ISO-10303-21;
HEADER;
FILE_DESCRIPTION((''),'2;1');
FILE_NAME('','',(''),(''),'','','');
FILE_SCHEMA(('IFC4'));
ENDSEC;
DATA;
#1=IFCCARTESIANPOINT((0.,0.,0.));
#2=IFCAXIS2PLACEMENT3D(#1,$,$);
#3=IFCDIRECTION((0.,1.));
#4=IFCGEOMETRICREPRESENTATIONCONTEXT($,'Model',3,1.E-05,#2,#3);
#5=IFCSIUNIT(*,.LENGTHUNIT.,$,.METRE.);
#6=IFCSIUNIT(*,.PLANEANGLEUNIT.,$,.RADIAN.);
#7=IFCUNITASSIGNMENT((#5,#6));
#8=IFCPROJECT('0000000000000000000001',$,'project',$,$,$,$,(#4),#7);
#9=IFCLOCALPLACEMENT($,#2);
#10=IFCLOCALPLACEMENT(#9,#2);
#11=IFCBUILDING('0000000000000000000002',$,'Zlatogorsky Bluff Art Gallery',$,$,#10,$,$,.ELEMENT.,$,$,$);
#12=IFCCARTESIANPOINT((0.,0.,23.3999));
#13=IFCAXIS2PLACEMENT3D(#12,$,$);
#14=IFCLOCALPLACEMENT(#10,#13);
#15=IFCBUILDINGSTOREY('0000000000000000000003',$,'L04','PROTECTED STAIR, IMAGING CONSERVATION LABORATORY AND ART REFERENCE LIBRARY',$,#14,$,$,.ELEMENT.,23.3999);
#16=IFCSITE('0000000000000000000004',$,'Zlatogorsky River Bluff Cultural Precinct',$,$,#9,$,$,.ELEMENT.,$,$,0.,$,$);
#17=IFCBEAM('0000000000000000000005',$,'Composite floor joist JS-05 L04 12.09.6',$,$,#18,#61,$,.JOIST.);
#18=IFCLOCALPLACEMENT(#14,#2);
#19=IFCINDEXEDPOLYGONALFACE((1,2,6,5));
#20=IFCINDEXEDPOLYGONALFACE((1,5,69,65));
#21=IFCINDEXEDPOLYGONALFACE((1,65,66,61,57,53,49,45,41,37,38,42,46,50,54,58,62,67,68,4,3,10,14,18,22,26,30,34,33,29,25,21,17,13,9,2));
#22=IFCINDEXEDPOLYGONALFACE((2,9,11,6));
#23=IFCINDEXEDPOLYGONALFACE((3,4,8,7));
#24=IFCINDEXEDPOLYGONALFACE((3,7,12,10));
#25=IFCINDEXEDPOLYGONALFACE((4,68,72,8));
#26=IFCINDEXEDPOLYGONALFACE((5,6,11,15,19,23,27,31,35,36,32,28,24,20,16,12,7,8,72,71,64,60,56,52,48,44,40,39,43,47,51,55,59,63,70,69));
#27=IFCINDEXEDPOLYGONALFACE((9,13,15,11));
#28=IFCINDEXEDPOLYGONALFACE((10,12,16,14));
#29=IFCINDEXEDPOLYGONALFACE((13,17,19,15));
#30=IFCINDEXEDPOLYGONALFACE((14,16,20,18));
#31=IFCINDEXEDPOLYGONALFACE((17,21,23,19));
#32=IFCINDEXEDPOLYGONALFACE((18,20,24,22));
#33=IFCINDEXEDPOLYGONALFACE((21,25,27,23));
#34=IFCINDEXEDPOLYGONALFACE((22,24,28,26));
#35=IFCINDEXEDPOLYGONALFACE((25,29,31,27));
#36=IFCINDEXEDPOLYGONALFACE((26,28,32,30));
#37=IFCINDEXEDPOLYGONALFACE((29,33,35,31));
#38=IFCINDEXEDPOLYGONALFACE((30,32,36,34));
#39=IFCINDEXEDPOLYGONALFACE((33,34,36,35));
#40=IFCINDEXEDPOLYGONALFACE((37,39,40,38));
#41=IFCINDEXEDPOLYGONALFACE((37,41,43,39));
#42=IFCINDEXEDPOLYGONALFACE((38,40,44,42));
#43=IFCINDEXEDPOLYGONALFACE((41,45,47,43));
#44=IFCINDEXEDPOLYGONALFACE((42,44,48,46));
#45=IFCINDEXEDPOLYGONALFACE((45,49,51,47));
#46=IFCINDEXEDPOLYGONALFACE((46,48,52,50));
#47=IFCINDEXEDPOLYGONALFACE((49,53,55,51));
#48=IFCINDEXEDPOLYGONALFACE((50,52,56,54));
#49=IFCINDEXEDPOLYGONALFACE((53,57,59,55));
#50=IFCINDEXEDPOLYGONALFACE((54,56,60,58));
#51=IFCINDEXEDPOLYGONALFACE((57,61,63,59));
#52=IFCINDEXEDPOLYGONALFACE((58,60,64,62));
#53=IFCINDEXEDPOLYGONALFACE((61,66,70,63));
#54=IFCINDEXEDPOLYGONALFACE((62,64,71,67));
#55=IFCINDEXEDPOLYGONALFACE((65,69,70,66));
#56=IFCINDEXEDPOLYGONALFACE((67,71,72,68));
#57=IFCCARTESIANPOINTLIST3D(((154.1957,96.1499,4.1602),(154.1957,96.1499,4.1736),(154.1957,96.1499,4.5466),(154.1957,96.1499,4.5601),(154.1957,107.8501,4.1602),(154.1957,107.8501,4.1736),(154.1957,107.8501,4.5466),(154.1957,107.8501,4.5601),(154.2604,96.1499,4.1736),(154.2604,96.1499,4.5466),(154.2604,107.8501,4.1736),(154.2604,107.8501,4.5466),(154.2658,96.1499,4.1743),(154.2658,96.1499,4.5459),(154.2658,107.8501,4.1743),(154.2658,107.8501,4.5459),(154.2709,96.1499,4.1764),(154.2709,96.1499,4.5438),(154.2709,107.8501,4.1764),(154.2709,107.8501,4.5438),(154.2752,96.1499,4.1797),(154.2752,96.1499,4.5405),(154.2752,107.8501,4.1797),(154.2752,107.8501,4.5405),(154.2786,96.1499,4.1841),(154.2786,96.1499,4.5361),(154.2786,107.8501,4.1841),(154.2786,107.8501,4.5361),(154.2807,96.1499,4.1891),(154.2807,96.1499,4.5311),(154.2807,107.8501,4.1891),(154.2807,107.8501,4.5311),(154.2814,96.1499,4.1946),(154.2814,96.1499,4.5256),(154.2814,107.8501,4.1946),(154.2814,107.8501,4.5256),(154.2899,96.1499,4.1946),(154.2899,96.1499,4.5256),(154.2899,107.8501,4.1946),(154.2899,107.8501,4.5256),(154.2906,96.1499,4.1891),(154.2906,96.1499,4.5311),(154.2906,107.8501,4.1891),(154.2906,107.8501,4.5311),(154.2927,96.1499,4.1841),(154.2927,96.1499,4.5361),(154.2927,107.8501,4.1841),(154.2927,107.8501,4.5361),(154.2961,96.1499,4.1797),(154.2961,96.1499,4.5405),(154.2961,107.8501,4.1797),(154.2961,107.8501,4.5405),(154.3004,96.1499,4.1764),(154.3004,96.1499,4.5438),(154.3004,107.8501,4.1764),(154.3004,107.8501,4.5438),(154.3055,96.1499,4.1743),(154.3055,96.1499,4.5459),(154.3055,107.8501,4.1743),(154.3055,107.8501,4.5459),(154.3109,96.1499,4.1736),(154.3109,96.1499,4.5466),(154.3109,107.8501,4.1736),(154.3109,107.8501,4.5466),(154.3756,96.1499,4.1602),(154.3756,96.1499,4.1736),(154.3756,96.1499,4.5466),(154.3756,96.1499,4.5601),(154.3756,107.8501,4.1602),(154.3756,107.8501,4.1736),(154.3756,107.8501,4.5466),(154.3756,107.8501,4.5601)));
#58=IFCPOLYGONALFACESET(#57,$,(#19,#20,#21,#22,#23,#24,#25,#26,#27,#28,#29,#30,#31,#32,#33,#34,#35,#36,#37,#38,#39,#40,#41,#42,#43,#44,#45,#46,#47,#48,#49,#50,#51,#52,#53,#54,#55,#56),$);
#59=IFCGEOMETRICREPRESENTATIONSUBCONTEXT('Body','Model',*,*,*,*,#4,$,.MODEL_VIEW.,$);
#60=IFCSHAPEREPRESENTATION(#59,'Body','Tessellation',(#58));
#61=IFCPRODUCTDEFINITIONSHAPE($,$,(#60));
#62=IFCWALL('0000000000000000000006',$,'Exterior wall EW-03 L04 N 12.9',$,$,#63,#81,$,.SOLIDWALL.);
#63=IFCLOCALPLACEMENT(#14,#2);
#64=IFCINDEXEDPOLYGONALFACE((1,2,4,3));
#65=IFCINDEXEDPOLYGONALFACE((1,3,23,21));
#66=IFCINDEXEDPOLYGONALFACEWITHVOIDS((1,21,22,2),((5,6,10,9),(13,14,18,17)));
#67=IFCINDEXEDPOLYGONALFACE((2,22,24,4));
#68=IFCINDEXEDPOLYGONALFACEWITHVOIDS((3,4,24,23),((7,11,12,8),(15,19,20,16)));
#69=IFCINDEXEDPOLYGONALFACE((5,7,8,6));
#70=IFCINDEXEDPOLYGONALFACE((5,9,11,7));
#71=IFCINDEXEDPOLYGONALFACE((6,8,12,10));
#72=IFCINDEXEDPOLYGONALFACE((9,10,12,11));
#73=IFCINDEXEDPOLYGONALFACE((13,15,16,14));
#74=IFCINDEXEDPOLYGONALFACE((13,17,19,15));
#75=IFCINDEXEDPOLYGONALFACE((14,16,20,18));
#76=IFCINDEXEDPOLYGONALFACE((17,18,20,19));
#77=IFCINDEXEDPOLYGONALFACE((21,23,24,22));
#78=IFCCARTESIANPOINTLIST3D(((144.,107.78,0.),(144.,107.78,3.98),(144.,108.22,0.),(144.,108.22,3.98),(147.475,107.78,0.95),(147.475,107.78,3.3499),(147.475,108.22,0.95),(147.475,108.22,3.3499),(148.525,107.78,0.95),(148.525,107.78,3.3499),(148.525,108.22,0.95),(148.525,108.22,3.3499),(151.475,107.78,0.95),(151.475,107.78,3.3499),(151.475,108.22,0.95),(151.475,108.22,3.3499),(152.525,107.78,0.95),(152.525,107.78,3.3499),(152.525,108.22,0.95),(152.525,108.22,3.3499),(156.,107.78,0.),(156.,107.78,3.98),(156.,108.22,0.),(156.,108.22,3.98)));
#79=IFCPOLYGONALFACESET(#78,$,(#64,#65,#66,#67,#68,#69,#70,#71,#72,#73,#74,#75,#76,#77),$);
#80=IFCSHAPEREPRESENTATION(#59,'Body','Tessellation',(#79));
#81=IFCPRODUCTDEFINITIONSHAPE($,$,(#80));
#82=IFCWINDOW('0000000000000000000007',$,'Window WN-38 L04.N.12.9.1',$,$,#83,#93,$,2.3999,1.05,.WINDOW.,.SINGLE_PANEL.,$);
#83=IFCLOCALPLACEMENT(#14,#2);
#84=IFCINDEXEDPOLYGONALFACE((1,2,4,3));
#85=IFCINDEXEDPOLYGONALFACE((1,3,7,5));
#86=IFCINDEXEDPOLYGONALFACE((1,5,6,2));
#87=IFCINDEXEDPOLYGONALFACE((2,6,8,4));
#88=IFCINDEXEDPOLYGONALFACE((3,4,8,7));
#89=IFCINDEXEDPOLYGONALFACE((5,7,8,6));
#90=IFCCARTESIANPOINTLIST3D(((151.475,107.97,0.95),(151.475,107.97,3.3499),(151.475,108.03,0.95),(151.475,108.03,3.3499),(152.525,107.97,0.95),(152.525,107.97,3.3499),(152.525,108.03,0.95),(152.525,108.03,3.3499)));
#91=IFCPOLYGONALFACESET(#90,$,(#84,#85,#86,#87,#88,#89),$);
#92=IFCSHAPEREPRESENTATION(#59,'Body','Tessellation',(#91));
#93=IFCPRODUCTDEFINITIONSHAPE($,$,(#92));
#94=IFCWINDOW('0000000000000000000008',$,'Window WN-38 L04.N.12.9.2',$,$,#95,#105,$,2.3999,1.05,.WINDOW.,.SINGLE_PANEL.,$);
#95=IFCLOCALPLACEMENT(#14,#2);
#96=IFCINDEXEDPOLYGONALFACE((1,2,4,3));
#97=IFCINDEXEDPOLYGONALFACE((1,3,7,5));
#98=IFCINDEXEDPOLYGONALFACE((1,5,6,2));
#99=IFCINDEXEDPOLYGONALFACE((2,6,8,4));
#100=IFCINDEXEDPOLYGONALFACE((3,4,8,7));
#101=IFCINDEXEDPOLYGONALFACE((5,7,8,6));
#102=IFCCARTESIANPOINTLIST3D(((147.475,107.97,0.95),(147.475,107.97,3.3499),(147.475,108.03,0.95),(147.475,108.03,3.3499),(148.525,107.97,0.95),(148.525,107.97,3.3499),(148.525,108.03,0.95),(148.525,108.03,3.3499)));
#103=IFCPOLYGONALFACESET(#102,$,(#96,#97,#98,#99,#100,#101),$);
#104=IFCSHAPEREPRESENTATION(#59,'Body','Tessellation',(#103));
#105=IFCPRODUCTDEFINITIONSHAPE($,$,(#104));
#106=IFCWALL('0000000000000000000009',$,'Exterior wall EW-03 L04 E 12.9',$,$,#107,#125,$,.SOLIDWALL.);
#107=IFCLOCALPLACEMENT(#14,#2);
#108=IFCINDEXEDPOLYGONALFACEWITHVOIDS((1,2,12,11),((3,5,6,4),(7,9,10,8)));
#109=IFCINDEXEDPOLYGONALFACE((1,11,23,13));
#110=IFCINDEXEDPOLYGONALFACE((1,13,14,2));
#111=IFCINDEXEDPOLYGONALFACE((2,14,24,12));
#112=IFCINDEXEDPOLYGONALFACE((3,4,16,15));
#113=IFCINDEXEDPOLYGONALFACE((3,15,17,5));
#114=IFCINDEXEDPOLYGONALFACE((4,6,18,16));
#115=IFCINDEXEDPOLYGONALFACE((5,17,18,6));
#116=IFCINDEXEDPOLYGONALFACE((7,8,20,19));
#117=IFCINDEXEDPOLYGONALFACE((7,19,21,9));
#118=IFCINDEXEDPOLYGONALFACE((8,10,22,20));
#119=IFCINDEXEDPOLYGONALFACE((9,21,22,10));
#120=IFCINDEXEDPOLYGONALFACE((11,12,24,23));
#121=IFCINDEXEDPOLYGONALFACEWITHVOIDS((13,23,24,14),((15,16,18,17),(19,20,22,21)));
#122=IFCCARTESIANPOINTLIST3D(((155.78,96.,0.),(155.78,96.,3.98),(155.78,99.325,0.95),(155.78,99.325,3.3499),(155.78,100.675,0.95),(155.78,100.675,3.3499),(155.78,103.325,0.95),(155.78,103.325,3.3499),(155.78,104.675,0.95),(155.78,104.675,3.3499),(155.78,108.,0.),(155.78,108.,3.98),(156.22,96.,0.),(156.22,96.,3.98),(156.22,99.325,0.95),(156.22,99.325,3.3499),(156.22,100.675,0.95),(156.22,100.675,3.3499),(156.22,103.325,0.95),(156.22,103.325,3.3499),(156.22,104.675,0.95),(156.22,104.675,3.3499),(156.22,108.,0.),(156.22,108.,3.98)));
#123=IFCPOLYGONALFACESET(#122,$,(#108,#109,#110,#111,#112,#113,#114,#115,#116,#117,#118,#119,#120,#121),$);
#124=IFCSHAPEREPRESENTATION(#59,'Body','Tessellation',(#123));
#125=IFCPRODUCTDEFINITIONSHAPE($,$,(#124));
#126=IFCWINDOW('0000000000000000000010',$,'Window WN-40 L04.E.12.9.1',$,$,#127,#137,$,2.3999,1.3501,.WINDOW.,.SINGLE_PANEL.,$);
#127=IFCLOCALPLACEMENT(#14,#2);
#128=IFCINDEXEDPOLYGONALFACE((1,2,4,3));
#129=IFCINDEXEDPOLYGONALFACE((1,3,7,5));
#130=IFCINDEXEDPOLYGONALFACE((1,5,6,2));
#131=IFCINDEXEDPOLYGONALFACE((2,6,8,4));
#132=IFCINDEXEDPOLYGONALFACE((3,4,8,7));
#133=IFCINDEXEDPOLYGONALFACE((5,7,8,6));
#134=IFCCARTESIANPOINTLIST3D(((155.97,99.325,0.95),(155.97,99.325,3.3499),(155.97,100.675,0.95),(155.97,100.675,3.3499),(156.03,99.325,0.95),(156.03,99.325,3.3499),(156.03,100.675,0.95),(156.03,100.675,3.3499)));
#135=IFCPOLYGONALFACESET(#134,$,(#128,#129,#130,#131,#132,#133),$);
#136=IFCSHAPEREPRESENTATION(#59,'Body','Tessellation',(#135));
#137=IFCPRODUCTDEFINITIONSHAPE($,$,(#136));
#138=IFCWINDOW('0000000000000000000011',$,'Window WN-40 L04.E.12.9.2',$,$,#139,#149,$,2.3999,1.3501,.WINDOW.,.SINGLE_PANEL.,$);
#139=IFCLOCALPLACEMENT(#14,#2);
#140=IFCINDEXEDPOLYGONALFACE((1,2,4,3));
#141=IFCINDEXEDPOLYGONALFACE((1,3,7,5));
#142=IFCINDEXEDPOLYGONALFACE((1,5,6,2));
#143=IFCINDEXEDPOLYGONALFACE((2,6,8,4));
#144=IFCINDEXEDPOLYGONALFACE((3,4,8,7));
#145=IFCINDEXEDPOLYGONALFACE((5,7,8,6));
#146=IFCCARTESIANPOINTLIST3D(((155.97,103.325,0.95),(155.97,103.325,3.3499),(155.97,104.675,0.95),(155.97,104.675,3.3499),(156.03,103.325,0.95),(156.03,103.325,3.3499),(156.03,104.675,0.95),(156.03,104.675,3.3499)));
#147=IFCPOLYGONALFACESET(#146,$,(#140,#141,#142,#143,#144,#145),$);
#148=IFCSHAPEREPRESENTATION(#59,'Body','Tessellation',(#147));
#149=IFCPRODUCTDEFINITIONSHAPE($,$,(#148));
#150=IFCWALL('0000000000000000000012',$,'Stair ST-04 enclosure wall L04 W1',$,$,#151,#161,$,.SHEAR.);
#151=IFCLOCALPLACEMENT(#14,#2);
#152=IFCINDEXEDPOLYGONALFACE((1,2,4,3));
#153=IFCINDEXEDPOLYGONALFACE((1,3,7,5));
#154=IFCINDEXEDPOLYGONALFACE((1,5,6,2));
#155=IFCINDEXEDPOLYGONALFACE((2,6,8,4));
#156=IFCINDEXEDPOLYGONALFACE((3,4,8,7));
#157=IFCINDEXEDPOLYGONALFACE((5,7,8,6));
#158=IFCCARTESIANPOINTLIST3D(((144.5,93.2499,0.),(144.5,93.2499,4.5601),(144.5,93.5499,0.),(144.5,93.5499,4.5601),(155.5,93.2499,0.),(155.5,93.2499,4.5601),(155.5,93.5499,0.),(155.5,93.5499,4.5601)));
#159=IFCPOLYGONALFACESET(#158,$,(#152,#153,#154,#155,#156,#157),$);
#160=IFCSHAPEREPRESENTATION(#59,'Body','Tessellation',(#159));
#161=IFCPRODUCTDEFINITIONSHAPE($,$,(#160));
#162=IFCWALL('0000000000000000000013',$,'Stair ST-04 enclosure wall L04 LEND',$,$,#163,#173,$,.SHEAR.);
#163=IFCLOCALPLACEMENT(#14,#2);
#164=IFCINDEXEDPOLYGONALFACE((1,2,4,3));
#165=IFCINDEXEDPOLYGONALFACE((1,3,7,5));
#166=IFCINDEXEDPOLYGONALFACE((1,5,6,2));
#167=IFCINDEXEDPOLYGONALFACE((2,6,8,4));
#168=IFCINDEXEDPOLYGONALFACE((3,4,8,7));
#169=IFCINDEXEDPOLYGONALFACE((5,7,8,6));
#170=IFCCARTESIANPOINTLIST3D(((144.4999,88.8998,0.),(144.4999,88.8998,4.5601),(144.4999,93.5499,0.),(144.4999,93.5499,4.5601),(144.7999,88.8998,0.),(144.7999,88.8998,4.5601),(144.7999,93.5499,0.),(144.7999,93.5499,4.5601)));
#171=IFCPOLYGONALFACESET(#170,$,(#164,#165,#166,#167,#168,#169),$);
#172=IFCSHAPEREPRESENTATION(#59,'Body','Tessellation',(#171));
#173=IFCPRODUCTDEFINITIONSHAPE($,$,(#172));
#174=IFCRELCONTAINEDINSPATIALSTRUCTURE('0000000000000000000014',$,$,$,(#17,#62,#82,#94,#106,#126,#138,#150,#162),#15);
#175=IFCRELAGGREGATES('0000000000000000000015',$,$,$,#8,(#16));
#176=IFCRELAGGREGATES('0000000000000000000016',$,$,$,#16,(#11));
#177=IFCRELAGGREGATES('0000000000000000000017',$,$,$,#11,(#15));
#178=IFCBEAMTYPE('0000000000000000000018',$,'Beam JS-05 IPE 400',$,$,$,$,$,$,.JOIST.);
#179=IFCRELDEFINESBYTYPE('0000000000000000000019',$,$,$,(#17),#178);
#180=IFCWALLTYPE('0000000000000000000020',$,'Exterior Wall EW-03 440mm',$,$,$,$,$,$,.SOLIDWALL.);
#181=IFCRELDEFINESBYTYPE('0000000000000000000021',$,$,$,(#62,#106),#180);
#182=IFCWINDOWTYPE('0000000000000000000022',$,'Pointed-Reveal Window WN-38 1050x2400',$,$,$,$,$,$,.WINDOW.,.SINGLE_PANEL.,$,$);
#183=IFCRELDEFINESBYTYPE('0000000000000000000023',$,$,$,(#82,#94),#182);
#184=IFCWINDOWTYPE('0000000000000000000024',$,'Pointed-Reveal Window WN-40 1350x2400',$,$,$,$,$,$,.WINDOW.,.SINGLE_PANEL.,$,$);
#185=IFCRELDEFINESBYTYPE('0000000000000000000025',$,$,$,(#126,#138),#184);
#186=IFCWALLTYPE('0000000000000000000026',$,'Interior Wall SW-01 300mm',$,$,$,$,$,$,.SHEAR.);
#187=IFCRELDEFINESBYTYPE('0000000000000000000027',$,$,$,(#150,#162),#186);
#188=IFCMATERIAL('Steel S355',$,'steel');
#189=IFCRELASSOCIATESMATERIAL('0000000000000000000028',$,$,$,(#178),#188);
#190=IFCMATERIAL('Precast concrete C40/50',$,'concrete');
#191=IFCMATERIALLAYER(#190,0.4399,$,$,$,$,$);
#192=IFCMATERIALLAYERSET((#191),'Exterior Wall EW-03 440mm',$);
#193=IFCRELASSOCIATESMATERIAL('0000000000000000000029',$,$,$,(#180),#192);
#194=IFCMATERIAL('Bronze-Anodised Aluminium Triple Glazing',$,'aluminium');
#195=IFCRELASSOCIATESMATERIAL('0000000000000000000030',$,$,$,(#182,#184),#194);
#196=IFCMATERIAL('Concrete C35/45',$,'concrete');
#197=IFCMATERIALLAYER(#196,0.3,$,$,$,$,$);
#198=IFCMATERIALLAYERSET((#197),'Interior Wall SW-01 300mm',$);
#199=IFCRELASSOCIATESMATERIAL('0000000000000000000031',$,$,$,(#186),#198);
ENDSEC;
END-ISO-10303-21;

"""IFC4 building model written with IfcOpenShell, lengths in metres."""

from ifc_helpers import new_model, si_unit, direction, frame, frame_2d, origin, origin_2d, place, context, subcontext, project, spatial, rectangle, i_section, extrude, material, layer, layer_set, material_profile, profile_set, type_object, element, fill, save


model = new_model("IFC4")

# Units and contexts
model_context = context("Model", 3, precision=1e-05, world=origin(), true_north=direction((0.0, 1.0)))
body_context = subcontext(model_context, "Body", "Model", "MODEL_VIEW")
ifc_project = project(units=[si_unit("LENGTHUNIT", "METRE"), si_unit("PLANEANGLEUNIT", "RADIAN")], contexts=[model_context])

# Site, building, storey
site_placement = place(None, origin())
site = spatial("IfcSite", under=ifc_project, at=site_placement, Name="Zlatogorsky River Bluff Cultural Precinct", CompositionType="ELEMENT", RefElevation=0.0)
building_placement = place(site_placement, origin())
building = spatial("IfcBuilding", under=site, at=building_placement, Name="Zlatogorsky Bluff Art Gallery", CompositionType="ELEMENT")
storey_placement = place(building_placement, frame((0.0, 0.0, 23.3999)))
storey = spatial("IfcBuildingStorey", under=building, at=storey_placement, Name="L04", Description="PROTECTED STAIR, IMAGING CONSERVATION LABORATORY AND ART REFERENCE LIBRARY", CompositionType="ELEMENT", Elevation=23.3999)

# Shared definitions
ifc_material_1 = material(Name="Steel S355", Category="steel")

# Beam
ifc_material_profile_1 = material_profile(ifc_material_1, i_section(OverallWidth=0.1799, OverallDepth=0.3999, WebThickness=0.0085, FlangeThickness=0.0134, FilletRadius=0.021, at=origin_2d()), Name="IPE 400")
ifc_profile_set_1 = profile_set([ifc_material_profile_1], Name="Steel S355")
beam_type_1 = type_object("IfcBeamType", Name="Beam JS-05 IPE 400", PredefinedType="JOIST", material=ifc_profile_set_1)
for number, where, z_axis, x_axis, name in (
    (1, (154.2856, 96.1499, 4.3601), (0.0, 1.0, 0.0), (-1.0, 0.0, 0.0), "Composite floor joist JS-05 L04 12.09.6"),
):
    element("IfcBeam", number, at=place(storey_placement, frame(where, z_axis=z_axis, x_axis=x_axis)), inside=storey, type_object=beam_type_1, Name=name, PredefinedType="JOIST", context=body_context, shape_type="SweptSolid", body=[
        extrude(i_section(OverallWidth=0.1799, OverallDepth=0.3999, WebThickness=0.0085, FlangeThickness=0.0134, FilletRadius=0.021, at=origin_2d()), origin(), (0.0, 0.0, 1.0), 11.7002),
    ])

# Walls, openings, windows
ifc_material_2 = material(Name="Precast concrete C40/50", Category="concrete")
ifc_layer_1 = layer(ifc_material_2, 0.4399)
ifc_layer_set_1 = layer_set([ifc_layer_1], Name="Exterior Wall EW-03 440mm")
wall_type_1 = type_object("IfcWallType", Name="Exterior Wall EW-03 440mm", PredefinedType="SOLIDWALL", material=ifc_layer_set_1)
wall_1_placement = place(storey_placement, frame((156.0, 108.0, 0.0), z_axis=(0.0, 0.0, 1.0), x_axis=(-1.0, 0.0, 0.0)))
wall_1 = element("IfcWall", 2, at=wall_1_placement, inside=storey, type_object=wall_type_1, Name="Exterior wall EW-03 L04 N 12.9", PredefinedType="SOLIDWALL", context=body_context, shape_type="SweptSolid", body=[
    extrude(rectangle(XDim=12.0, YDim=0.4399, at=frame_2d((6.0, 0.0))), origin(), (0.0, 0.0, 1.0), 3.98),
])
opening_1_placement = place(wall_1_placement, frame((3.4751, 0.0, 0.95)))
opening_1 = element("IfcOpeningElement", 3, at=opening_1_placement, cuts=wall_1, PredefinedType="OPENING", context=body_context, shape_type="SweptSolid", body=[
    extrude(rectangle(XDim=1.05, YDim=2.3999, at=frame_2d((0.5249, 1.2))), frame((0.0, 0.23, 0.0), z_axis=(0.0, -1.0, 0.0), x_axis=(1.0, 0.0, 0.0)), (0.0, 0.0, 1.0), 0.46),
])
opening_2_placement = place(wall_1_placement, frame((7.4751, 0.0, 0.95)))
opening_2 = element("IfcOpeningElement", 4, at=opening_2_placement, cuts=wall_1, PredefinedType="OPENING", context=body_context, shape_type="SweptSolid", body=[
    extrude(rectangle(XDim=1.05, YDim=2.3999, at=frame_2d((0.5249, 1.2))), frame((0.0, 0.23, 0.0), z_axis=(0.0, -1.0, 0.0), x_axis=(1.0, 0.0, 0.0)), (0.0, 0.0, 1.0), 0.46),
])
ifc_material_3 = material(Name="Bronze-Anodised Aluminium Triple Glazing", Category="aluminium")
window_type_1 = type_object("IfcWindowType", Name="Pointed-Reveal Window WN-38 1050x2400", PartitioningType="SINGLE_PANEL", PredefinedType="WINDOW", material=ifc_material_3)
window_1_placement = place(opening_1_placement, origin())
window_1 = element("IfcWindow", 5, at=window_1_placement, inside=storey, type_object=window_type_1, Name="Window WN-38 L04.N.12.9.1", OverallHeight=2.3999, OverallWidth=1.05, PartitioningType="SINGLE_PANEL", PredefinedType="WINDOW", context=body_context, shape_type="SweptSolid", body=[
    extrude(rectangle(XDim=1.05, YDim=2.3999, at=frame_2d((0.5249, 1.2))), frame((0.0, 0.03, 0.0), z_axis=(0.0, -1.0, 0.0), x_axis=(1.0, 0.0, 0.0)), (0.0, 0.0, 1.0), 0.0601),
])
fill(opening_1, window_1)
window_2_placement = place(opening_2_placement, origin())
window_2 = element("IfcWindow", 6, at=window_2_placement, inside=storey, type_object=window_type_1, Name="Window WN-38 L04.N.12.9.2", OverallHeight=2.3999, OverallWidth=1.05, PartitioningType="SINGLE_PANEL", PredefinedType="WINDOW", context=body_context, shape_type="SweptSolid", body=[
    extrude(rectangle(XDim=1.05, YDim=2.3999, at=frame_2d((0.5249, 1.2))), frame((0.0, 0.03, 0.0), z_axis=(0.0, -1.0, 0.0), x_axis=(1.0, 0.0, 0.0)), (0.0, 0.0, 1.0), 0.0601),
])
fill(opening_2, window_2)
wall_2_placement = place(storey_placement, frame((156.0, 96.0, 0.0), z_axis=(0.0, 0.0, 1.0), x_axis=(0.0, 1.0, 0.0)))
wall_2 = element("IfcWall", 7, at=wall_2_placement, inside=storey, type_object=wall_type_1, Name="Exterior wall EW-03 L04 E 12.9", PredefinedType="SOLIDWALL", context=body_context, shape_type="SweptSolid", body=[
    extrude(rectangle(XDim=12.0, YDim=0.4399, at=frame_2d((6.0, 0.0))), origin(), (0.0, 0.0, 1.0), 3.98),
])
opening_3_placement = place(wall_2_placement, frame((3.325, 0.0, 0.95)))
opening_3 = element("IfcOpeningElement", 8, at=opening_3_placement, cuts=wall_2, PredefinedType="OPENING", context=body_context, shape_type="SweptSolid", body=[
    extrude(rectangle(XDim=1.3501, YDim=2.3999, at=frame_2d((0.675, 1.2))), frame((0.0, 0.23, 0.0), z_axis=(0.0, -1.0, 0.0), x_axis=(1.0, 0.0, 0.0)), (0.0, 0.0, 1.0), 0.46),
])
opening_4_placement = place(wall_2_placement, frame((7.325, 0.0, 0.95)))
opening_4 = element("IfcOpeningElement", 9, at=opening_4_placement, cuts=wall_2, PredefinedType="OPENING", context=body_context, shape_type="SweptSolid", body=[
    extrude(rectangle(XDim=1.3501, YDim=2.3999, at=frame_2d((0.675, 1.2))), frame((0.0, 0.23, 0.0), z_axis=(0.0, -1.0, 0.0), x_axis=(1.0, 0.0, 0.0)), (0.0, 0.0, 1.0), 0.46),
])
window_type_2 = type_object("IfcWindowType", Name="Pointed-Reveal Window WN-40 1350x2400", PartitioningType="SINGLE_PANEL", PredefinedType="WINDOW", material=ifc_material_3)
window_3_placement = place(opening_3_placement, origin())
window_3 = element("IfcWindow", 10, at=window_3_placement, inside=storey, type_object=window_type_2, Name="Window WN-40 L04.E.12.9.1", OverallHeight=2.3999, OverallWidth=1.3501, PartitioningType="SINGLE_PANEL", PredefinedType="WINDOW", context=body_context, shape_type="SweptSolid", body=[
    extrude(rectangle(XDim=1.3501, YDim=2.3999, at=frame_2d((0.675, 1.2))), frame((0.0, 0.03, 0.0), z_axis=(0.0, -1.0, 0.0), x_axis=(1.0, 0.0, 0.0)), (0.0, 0.0, 1.0), 0.0601),
])
fill(opening_3, window_3)
window_4_placement = place(opening_4_placement, origin())
window_4 = element("IfcWindow", 11, at=window_4_placement, inside=storey, type_object=window_type_2, Name="Window WN-40 L04.E.12.9.2", OverallHeight=2.3999, OverallWidth=1.3501, PartitioningType="SINGLE_PANEL", PredefinedType="WINDOW", context=body_context, shape_type="SweptSolid", body=[
    extrude(rectangle(XDim=1.3501, YDim=2.3999, at=frame_2d((0.675, 1.2))), frame((0.0, 0.03, 0.0), z_axis=(0.0, -1.0, 0.0), x_axis=(1.0, 0.0, 0.0)), (0.0, 0.0, 1.0), 0.0601),
])
fill(opening_4, window_4)

# Walls
ifc_material_4 = material(Name="Concrete C35/45", Category="concrete")
ifc_layer_2 = layer(ifc_material_4, 0.3)
ifc_layer_set_2 = layer_set([ifc_layer_2], Name="Interior Wall SW-01 300mm")
wall_type_2 = type_object("IfcWallType", Name="Interior Wall SW-01 300mm", PredefinedType="SHEAR", material=ifc_layer_set_2)
wall_3_placement = place(storey_placement, frame((155.5, 93.3999, 0.0), z_axis=(0.0, 0.0, 1.0), x_axis=(-1.0, 0.0, 0.0)))
element("IfcWall", 12, at=wall_3_placement, inside=storey, type_object=wall_type_2, Name="Stair ST-04 enclosure wall L04 W1", PredefinedType="SHEAR", context=body_context, shape_type="SweptSolid", body=[
    extrude(rectangle(XDim=11.0, YDim=0.3, at=frame_2d((5.5, 0.0))), origin(), (0.0, 0.0, 1.0), 4.5601),
])
wall_4_placement = place(storey_placement, frame((144.6499, 93.55, 0.0), z_axis=(0.0, 0.0, 1.0), x_axis=(0.0, -1.0, 0.0)))
element("IfcWall", 13, at=wall_4_placement, inside=storey, type_object=wall_type_2, Name="Stair ST-04 enclosure wall L04 LEND", PredefinedType="SHEAR", context=body_context, shape_type="SweptSolid", body=[
    extrude(rectangle(XDim=4.6501, YDim=0.3, at=frame_2d((2.3252, 0.0))), origin(), (0.0, 0.0, 1.0), 4.5601),
])

save(model, "model.ifc")
